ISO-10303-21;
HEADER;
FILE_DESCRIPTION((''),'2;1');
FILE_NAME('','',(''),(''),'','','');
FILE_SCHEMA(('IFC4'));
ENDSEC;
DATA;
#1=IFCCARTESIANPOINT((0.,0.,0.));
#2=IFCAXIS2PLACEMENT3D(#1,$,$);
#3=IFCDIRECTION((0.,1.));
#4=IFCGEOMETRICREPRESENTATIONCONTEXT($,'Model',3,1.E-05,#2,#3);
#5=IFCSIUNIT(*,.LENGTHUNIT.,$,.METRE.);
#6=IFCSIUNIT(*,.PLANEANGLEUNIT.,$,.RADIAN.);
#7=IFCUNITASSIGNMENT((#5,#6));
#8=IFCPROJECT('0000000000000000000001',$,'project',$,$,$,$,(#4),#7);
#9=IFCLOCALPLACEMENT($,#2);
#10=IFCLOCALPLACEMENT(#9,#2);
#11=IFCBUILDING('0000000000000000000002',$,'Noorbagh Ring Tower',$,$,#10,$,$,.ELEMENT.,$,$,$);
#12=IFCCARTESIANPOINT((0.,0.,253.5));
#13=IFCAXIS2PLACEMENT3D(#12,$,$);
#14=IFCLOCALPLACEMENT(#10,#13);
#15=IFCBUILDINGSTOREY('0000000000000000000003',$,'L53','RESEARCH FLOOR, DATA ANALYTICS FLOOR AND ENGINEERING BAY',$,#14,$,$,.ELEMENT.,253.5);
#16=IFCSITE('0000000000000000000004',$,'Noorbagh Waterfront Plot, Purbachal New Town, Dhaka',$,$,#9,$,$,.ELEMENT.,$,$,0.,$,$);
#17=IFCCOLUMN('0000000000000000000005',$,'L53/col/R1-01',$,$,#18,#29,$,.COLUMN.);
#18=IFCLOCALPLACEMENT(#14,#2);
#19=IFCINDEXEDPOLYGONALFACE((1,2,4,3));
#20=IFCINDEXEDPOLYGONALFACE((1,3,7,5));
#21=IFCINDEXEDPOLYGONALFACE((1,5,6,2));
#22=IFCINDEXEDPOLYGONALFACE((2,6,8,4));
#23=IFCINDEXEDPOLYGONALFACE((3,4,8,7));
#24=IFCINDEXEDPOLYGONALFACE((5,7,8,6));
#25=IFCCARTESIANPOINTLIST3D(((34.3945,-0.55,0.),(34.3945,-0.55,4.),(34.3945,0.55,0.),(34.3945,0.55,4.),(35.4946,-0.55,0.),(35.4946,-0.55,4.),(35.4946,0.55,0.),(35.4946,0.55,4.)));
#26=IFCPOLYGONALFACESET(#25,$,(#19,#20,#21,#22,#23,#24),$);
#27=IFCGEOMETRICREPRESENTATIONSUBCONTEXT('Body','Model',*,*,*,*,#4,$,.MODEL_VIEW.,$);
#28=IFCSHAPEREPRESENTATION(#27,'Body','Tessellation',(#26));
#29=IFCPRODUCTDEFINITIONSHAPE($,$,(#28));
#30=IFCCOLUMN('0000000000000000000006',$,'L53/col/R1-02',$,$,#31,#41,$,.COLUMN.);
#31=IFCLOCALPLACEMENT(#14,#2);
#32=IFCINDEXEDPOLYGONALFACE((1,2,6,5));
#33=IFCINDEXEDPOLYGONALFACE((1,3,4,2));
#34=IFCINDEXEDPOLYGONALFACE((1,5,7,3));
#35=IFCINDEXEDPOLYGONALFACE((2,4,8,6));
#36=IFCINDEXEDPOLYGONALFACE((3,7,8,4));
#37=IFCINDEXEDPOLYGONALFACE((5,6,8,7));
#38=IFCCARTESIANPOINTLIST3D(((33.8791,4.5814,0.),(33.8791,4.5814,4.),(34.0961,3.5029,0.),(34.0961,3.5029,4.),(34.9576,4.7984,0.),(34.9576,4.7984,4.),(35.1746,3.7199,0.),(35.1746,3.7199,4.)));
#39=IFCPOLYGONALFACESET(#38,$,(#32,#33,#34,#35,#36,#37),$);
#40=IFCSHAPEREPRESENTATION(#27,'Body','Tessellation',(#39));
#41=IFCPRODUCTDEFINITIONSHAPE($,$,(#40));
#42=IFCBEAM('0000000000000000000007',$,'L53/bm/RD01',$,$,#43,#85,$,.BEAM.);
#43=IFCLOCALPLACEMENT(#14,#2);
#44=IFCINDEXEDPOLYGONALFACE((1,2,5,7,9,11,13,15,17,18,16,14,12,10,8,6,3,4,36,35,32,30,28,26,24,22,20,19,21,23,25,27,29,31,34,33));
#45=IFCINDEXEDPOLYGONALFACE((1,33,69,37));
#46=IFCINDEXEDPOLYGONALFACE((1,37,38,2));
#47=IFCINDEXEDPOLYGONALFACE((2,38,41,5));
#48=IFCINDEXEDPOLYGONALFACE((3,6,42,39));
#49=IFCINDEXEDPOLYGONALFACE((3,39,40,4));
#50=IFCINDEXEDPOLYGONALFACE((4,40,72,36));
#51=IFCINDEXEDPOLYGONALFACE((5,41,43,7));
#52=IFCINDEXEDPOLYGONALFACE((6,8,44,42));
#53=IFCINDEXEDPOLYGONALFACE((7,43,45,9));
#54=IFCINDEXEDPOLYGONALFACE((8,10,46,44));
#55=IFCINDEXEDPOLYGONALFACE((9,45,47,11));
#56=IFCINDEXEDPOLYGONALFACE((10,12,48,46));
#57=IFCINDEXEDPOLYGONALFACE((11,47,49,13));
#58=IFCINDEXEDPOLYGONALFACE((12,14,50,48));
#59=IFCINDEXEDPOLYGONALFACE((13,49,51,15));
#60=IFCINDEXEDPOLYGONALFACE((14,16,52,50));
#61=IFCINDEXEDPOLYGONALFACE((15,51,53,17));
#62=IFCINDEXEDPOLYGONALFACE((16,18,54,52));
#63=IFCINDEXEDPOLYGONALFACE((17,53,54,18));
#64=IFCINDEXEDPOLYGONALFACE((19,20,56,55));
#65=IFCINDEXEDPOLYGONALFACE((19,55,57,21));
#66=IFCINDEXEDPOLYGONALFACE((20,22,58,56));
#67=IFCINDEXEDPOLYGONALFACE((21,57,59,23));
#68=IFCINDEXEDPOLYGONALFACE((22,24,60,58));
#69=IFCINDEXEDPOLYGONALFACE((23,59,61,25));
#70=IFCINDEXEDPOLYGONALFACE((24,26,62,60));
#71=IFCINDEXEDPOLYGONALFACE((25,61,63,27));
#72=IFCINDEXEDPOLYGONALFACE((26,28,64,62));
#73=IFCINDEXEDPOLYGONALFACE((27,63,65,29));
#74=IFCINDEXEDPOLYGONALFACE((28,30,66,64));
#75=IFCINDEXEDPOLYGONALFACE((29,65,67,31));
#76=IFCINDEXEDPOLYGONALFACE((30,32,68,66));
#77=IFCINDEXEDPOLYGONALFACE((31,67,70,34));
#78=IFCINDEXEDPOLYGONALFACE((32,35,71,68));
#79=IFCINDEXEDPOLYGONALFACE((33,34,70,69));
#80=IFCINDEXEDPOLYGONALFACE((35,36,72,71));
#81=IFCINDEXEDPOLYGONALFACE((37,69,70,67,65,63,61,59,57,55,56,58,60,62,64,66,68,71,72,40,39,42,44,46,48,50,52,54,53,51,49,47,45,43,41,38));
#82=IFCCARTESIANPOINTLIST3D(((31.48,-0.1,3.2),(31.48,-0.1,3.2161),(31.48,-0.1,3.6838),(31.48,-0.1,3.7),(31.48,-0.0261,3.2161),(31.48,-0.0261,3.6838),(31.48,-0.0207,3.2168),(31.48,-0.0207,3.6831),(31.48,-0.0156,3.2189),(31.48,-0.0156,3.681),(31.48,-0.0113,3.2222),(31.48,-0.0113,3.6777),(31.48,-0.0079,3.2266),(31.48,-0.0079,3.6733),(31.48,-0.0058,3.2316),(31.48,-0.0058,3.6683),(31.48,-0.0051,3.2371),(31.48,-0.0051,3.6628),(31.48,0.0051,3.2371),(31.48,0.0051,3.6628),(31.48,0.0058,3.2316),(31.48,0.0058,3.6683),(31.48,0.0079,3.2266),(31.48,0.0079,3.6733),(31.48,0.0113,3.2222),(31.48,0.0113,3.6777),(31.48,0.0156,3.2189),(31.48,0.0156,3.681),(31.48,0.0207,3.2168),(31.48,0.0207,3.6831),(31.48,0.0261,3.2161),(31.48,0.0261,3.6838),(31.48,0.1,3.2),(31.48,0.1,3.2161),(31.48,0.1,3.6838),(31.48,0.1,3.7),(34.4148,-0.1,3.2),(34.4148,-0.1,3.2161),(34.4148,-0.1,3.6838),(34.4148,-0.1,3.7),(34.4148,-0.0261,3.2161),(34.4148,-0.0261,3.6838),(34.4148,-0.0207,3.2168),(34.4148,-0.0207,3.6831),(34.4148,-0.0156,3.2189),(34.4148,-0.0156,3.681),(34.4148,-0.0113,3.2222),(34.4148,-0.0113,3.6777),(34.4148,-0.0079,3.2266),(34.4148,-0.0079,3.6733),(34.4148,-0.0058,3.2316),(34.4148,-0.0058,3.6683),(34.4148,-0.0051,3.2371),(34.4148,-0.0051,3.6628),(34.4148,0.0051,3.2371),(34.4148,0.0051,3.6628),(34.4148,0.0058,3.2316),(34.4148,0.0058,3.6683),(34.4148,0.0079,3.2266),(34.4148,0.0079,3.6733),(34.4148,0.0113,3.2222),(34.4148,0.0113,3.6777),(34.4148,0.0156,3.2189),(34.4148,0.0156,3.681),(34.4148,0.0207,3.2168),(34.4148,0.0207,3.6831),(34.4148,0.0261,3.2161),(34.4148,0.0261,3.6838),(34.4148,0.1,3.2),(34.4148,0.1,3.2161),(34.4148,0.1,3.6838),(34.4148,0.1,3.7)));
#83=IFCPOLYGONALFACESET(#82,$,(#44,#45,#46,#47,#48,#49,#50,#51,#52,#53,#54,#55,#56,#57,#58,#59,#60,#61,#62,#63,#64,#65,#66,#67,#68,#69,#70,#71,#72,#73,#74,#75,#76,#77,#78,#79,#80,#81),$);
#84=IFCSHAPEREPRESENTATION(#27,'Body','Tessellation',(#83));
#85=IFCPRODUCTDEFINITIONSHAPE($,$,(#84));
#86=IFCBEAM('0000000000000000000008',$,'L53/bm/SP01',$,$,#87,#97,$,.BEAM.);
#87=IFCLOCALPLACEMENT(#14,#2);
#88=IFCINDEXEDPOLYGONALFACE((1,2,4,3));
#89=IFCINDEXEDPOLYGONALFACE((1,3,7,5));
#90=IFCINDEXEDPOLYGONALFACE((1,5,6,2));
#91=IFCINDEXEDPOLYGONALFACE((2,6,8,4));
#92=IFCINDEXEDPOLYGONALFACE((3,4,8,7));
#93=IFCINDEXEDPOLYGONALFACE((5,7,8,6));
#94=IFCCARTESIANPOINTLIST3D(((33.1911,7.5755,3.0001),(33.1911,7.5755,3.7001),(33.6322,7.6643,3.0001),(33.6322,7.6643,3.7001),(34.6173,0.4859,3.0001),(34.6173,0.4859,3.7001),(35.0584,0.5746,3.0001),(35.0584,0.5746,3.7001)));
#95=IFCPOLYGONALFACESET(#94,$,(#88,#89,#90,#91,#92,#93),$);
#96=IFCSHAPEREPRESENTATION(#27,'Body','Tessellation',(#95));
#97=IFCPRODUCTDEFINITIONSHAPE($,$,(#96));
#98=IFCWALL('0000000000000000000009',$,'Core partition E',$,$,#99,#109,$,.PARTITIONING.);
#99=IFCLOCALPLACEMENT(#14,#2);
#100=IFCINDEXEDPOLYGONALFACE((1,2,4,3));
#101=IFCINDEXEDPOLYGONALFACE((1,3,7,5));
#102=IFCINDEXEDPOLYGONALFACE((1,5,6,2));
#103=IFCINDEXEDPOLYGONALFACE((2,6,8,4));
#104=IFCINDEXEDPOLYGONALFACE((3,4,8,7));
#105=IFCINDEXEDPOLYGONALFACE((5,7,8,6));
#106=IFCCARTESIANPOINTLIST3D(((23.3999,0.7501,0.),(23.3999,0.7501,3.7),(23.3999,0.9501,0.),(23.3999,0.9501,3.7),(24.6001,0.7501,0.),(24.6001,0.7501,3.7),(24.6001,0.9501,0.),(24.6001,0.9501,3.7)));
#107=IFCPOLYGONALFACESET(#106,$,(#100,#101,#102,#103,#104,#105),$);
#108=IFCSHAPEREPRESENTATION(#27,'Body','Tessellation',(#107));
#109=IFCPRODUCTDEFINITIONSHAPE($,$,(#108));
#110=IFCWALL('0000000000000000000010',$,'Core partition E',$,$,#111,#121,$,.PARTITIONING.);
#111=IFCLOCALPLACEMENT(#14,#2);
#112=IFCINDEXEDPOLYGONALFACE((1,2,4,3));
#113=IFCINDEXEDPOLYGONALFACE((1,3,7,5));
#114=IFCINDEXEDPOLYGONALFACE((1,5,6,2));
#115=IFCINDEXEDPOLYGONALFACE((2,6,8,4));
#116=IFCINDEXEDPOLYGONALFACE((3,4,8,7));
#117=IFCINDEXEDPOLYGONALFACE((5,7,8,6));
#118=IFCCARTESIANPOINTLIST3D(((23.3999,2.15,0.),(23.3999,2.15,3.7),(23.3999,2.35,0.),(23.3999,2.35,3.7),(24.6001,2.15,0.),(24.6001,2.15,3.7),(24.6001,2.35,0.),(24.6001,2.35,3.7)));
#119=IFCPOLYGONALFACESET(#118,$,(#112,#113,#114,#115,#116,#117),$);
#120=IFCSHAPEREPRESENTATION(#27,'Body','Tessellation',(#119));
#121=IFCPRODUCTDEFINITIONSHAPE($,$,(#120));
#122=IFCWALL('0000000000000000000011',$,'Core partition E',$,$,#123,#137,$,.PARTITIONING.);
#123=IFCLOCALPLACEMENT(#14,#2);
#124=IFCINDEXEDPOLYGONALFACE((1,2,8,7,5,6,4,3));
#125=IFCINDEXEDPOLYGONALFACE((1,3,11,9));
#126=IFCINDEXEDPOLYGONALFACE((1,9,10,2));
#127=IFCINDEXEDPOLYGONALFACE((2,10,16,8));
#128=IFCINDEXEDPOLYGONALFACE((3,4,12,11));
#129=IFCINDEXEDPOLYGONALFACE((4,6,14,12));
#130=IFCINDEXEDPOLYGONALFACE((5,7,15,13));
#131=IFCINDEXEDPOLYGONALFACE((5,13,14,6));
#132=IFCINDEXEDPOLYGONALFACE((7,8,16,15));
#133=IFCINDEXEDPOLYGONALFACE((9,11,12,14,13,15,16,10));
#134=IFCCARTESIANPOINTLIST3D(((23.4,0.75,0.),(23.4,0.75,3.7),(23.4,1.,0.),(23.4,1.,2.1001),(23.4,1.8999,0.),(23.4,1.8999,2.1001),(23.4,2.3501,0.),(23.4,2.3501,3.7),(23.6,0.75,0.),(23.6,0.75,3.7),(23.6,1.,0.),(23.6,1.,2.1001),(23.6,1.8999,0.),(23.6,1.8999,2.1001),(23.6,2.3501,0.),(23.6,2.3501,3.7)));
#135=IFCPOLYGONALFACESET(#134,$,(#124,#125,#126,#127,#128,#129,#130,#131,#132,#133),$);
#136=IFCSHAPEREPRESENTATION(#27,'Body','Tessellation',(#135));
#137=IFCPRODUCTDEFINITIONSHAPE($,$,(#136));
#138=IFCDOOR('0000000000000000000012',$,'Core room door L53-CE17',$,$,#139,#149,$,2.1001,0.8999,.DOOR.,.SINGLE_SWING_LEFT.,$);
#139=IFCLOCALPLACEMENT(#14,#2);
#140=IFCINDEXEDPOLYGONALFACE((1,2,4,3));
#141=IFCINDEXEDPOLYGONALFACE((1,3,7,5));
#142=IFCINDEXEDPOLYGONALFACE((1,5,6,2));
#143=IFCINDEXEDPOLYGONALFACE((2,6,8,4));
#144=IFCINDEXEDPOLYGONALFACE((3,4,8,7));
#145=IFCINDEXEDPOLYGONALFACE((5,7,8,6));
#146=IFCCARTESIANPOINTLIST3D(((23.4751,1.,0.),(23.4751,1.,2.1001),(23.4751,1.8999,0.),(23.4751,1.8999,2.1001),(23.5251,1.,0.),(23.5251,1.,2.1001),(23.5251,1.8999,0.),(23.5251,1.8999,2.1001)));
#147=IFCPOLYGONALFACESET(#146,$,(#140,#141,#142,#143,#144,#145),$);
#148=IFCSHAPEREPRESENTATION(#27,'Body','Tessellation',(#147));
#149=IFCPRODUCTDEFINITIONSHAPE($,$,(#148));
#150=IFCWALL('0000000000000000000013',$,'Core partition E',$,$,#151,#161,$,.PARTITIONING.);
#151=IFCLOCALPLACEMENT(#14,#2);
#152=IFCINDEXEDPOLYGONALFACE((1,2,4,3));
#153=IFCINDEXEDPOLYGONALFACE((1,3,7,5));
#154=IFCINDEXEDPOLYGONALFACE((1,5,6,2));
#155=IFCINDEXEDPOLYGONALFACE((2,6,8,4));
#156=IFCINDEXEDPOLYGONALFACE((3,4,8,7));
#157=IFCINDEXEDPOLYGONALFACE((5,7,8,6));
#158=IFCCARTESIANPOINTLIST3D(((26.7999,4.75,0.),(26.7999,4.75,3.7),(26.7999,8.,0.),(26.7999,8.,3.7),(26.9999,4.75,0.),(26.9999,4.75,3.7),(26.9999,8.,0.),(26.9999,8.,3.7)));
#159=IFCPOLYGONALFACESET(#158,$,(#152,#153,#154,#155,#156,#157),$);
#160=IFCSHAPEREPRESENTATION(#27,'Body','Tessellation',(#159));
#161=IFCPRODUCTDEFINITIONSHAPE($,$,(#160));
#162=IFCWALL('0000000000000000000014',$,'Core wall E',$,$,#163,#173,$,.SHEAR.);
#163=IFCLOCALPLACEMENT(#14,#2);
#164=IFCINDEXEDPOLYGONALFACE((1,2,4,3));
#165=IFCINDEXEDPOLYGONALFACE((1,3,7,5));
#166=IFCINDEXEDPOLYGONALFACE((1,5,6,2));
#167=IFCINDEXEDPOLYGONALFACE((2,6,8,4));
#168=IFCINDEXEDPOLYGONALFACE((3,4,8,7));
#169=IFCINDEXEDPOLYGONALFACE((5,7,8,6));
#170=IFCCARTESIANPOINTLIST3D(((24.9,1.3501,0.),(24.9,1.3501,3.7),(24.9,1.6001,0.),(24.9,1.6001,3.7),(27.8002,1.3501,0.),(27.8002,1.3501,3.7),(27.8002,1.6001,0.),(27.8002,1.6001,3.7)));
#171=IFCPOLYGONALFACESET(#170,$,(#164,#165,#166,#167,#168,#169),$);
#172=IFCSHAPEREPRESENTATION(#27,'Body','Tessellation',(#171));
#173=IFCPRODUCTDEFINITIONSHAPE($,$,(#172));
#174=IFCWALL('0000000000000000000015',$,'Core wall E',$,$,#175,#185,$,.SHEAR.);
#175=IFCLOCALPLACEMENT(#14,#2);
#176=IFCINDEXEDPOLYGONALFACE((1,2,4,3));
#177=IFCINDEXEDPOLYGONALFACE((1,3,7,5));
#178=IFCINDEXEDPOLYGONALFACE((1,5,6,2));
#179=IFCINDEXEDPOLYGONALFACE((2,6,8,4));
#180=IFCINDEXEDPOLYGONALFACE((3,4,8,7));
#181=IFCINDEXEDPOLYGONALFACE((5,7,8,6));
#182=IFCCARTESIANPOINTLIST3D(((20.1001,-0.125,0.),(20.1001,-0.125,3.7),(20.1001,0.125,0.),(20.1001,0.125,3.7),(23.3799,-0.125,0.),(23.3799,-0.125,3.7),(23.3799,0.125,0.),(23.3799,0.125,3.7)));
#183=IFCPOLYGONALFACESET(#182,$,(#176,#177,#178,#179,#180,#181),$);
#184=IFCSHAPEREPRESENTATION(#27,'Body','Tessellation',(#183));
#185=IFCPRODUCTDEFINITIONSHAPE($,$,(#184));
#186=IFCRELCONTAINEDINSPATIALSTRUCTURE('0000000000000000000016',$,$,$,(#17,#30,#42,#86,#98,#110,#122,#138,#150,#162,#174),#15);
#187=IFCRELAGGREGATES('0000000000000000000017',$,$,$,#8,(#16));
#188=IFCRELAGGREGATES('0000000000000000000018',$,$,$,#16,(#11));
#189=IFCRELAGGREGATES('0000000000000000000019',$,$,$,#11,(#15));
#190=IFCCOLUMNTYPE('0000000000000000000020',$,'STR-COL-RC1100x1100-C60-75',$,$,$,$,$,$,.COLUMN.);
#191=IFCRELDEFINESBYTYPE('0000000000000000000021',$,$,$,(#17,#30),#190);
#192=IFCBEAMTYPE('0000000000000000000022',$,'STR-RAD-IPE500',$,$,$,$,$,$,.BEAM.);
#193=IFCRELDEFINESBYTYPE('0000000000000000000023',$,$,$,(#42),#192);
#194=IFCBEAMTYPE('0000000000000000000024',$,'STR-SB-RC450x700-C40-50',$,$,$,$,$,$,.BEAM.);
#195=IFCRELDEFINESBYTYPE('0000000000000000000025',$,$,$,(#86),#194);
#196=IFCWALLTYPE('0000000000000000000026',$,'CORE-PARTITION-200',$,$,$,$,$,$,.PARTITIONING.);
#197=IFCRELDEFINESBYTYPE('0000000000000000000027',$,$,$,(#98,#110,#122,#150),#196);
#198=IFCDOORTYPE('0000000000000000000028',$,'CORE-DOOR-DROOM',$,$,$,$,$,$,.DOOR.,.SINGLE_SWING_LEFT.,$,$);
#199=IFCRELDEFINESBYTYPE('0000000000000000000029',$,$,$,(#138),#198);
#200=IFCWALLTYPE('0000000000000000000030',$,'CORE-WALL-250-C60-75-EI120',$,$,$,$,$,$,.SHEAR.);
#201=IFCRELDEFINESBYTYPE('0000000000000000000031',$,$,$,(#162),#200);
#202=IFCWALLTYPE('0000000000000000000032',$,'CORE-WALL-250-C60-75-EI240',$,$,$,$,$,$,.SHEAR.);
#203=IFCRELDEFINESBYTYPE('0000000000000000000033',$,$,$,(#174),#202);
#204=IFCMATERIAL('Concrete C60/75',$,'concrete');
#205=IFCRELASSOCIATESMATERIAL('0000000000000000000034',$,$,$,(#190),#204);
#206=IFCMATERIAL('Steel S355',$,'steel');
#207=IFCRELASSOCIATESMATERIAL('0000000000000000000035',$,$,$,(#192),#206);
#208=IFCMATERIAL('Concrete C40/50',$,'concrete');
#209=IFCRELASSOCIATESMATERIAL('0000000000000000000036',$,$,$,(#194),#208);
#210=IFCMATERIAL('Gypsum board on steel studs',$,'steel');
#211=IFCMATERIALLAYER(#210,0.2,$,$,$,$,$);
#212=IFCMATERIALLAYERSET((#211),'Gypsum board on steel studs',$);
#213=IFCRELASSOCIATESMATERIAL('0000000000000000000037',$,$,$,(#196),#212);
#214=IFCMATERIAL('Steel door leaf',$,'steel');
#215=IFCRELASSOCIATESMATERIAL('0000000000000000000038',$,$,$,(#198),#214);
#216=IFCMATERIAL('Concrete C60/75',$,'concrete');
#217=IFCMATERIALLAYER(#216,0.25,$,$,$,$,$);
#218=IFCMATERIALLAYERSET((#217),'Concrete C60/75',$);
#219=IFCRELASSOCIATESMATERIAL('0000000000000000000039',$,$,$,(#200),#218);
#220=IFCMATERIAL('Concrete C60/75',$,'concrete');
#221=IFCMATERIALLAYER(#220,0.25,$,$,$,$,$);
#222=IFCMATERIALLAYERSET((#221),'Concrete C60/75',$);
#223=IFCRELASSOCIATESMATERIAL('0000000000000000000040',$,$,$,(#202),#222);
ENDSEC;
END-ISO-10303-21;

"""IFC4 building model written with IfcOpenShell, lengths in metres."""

from ifc_helpers import new_model, si_unit, direction, frame, frame_2d, origin, origin_2d, place, context, subcontext, project, spatial, rectangle, i_section, extrude, material, layer, layer_set, material_profile, profile_set, type_object, element, fill, save


model = new_model("IFC4")

# Units and contexts
model_context = context("Model", 3, precision=1e-05, world=origin(), true_north=direction((0.0, 1.0)))
body_context = subcontext(model_context, "Body", "Model", "MODEL_VIEW")
ifc_project = project(units=[si_unit("LENGTHUNIT", "METRE"), si_unit("PLANEANGLEUNIT", "RADIAN")], contexts=[model_context])

# Site, building, storey
site_placement = place(None, origin())
site = spatial("IfcSite", under=ifc_project, at=site_placement, Name="Noorbagh Waterfront Plot, Purbachal New Town, Dhaka", CompositionType="ELEMENT", RefElevation=0.0)
building_placement = place(site_placement, origin())
building = spatial("IfcBuilding", under=site, at=building_placement, Name="Noorbagh Ring Tower", CompositionType="ELEMENT")
storey_placement = place(building_placement, frame((0.0, 0.0, 253.5)))
storey = spatial("IfcBuildingStorey", under=building, at=storey_placement, Name="L53", Description="RESEARCH FLOOR, DATA ANALYTICS FLOOR AND ENGINEERING BAY", CompositionType="ELEMENT", Elevation=253.5)

# Columns
ifc_material_1 = material(Name="Concrete C60/75", Category="concrete")
ifc_material_profile_1 = material_profile(ifc_material_1, rectangle(XDim=1.1001, YDim=1.1001, at=origin_2d()), Name="RC1100x1100")
ifc_profile_set_1 = profile_set([ifc_material_profile_1], Name="Concrete C60/75")
column_type = type_object("IfcColumnType", Name="STR-COL-RC1100x1100-C60-75", PredefinedType="COLUMN", material=ifc_profile_set_1)
for number, where, z_axis, x_axis, name in (
    (1, (34.9446, 0.0, 0.0), (0.0, 0.0, 1.0), (0.0, 1.0, 0.0), "L53/col/R1-01"),
    (2, (34.5269, 4.1506, 0.0), (0.0, 0.0, 1.0), (-0.19723, 0.980357, 0.0), "L53/col/R1-02"),
):
    element("IfcColumn", number, at=place(storey_placement, frame(where, z_axis=z_axis, x_axis=x_axis)), inside=storey, type_object=column_type, Name=name, PredefinedType="COLUMN", context=body_context, shape_type="SweptSolid", body=[
        extrude(rectangle(XDim=1.1001, YDim=1.1001, at=origin_2d()), origin(), (0.0, 0.0, 1.0), 4.0),
    ])

# Beams
ifc_material_2 = material(Name="Steel S355", Category="steel")
ifc_material_profile_2 = material_profile(ifc_material_2, i_section(OverallWidth=0.2, OverallDepth=0.5, WebThickness=0.0103, FlangeThickness=0.0161, FilletRadius=0.021, at=origin_2d()), Name="IPE500")
ifc_profile_set_2 = profile_set([ifc_material_profile_2], Name="Steel S355")
beam_type_1 = type_object("IfcBeamType", Name="STR-RAD-IPE500", PredefinedType="BEAM", material=ifc_profile_set_2)
beam_1_placement = place(storey_placement, frame((34.4148, 0.0, 3.45), z_axis=(-1.0, 0.0, 0.0), x_axis=(0.0, -1.0, 0.0)))
element("IfcBeam", 3, at=beam_1_placement, inside=storey, type_object=beam_type_1, Name="L53/bm/RD01", PredefinedType="BEAM", context=body_context, shape_type="SweptSolid", body=[
    extrude(i_section(OverallWidth=0.2, OverallDepth=0.5, WebThickness=0.0103, FlangeThickness=0.0161, FilletRadius=0.021, at=origin_2d()), origin(), (0.0, 0.0, 1.0), 2.9348),
])
ifc_material_3 = material(Name="Concrete C40/50", Category="concrete")
ifc_material_profile_3 = material_profile(ifc_material_3, rectangle(XDim=0.45, YDim=0.7, at=origin_2d()), Name="RC450x700")
ifc_profile_set_3 = profile_set([ifc_material_profile_3], Name="Concrete C40/50")
beam_type_2 = type_object("IfcBeamType", Name="STR-SB-RC450x700-C40-50", PredefinedType="BEAM", material=ifc_profile_set_3)
beam_2_placement = place(storey_placement, frame((34.8379, 0.5303, 3.3501), z_axis=(-0.197226, 0.980358, 0.0), x_axis=(-0.980358, -0.197226, 0.0)))
element("IfcBeam", 4, at=beam_2_placement, inside=storey, type_object=beam_type_2, Name="L53/bm/SP01", PredefinedType="BEAM", context=body_context, shape_type="SweptSolid", body=[
    extrude(rectangle(XDim=0.45, YDim=0.7, at=origin_2d()), origin(), (0.0, 0.0, 1.0), 7.2317),
])

# Walls
ifc_material_4 = material(Name="Gypsum board on steel studs", Category="steel")
ifc_layer_1 = layer(ifc_material_4, 0.2)
ifc_layer_set_1 = layer_set([ifc_layer_1], Name="Gypsum board on steel studs")
wall_type_1 = type_object("IfcWallType", Name="CORE-PARTITION-200", PredefinedType="PARTITIONING", material=ifc_layer_set_1)
for number, where, z_axis, x_axis, name in (
    (5, (23.3999, 0.8501, 0.0), (0.0, 0.0, 1.0), (1.0, 0.0, 0.0), "Core partition E"),
    (6, (23.3999, 2.25, 0.0), (0.0, 0.0, 1.0), (1.0, 0.0, 0.0), "Core partition E"),
):
    element("IfcWall", number, at=place(storey_placement, frame(where, z_axis=z_axis, x_axis=x_axis)), inside=storey, type_object=wall_type_1, Name=name, PredefinedType="PARTITIONING", context=body_context, shape_type="SweptSolid", body=[
        extrude(rectangle(XDim=1.2002, YDim=0.2, at=frame_2d((0.6001, 0.0))), origin(), (0.0, 0.0, 1.0), 3.7),
    ])

# Wall, opening, door
wall_1_placement = place(storey_placement, frame((23.5, 0.75, 0.0), z_axis=(0.0, 0.0, 1.0), x_axis=(0.0, 1.0, 0.0)))
wall_1 = element("IfcWall", 7, at=wall_1_placement, inside=storey, type_object=wall_type_1, Name="Core partition E", PredefinedType="PARTITIONING", context=body_context, shape_type="SweptSolid", body=[
    extrude(rectangle(XDim=1.6001, YDim=0.2, at=frame_2d((0.8, 0.0))), origin(), (0.0, 0.0, 1.0), 3.7),
])
opening_1_placement = place(wall_1_placement, frame((0.25, 0.0, 0.0)))
opening_1 = element("IfcOpeningElement", 8, at=opening_1_placement, cuts=wall_1, PredefinedType="OPENING", context=body_context, shape_type="SweptSolid", body=[
    extrude(rectangle(XDim=0.8999, YDim=2.1001, at=frame_2d((0.45, 1.05))), frame((0.0, 0.1099, 0.0), z_axis=(0.0, -1.0, 0.0), x_axis=(1.0, 0.0, 0.0)), (0.0, 0.0, 1.0), 0.22),
])
ifc_material_5 = material(Name="Steel door leaf", Category="steel")
door_type_1 = type_object("IfcDoorType", Name="CORE-DOOR-DROOM", OperationType="SINGLE_SWING_LEFT", PredefinedType="DOOR", material=ifc_material_5)
door_1_placement = place(opening_1_placement, origin())
door_1 = element("IfcDoor", 9, at=door_1_placement, inside=storey, type_object=door_type_1, Name="Core room door L53-CE17", OperationType="SINGLE_SWING_LEFT", OverallHeight=2.1001, OverallWidth=0.8999, PredefinedType="DOOR", context=body_context, shape_type="SweptSolid", body=[
    extrude(rectangle(XDim=0.8999, YDim=2.1001, at=frame_2d((0.45, 1.05))), frame((0.0, 0.0249, 0.0), z_axis=(0.0, -1.0, 0.0), x_axis=(1.0, 0.0, 0.0)), (0.0, 0.0, 1.0), 0.05),
])
fill(opening_1, door_1)

# Walls
wall_2_placement = place(storey_placement, frame((26.8999, 4.75, 0.0), z_axis=(0.0, 0.0, 1.0), x_axis=(0.0, 1.0, 0.0)))
element("IfcWall", 10, at=wall_2_placement, inside=storey, type_object=wall_type_1, Name="Core partition E", PredefinedType="PARTITIONING", context=body_context, shape_type="SweptSolid", body=[
    extrude(rectangle(XDim=3.25, YDim=0.2, at=frame_2d((1.625, 0.0))), origin(), (0.0, 0.0, 1.0), 3.7),
])
ifc_material_6 = material(Name="Concrete C60/75", Category="concrete")
ifc_layer_2 = layer(ifc_material_6, 0.25)
ifc_layer_set_2 = layer_set([ifc_layer_2], Name="Concrete C60/75")
wall_type_2 = type_object("IfcWallType", Name="CORE-WALL-250-C60-75-EI120", PredefinedType="SHEAR", material=ifc_layer_set_2)
wall_3_placement = place(storey_placement, frame((24.8999, 1.4751, 0.0), z_axis=(0.0, 0.0, 1.0), x_axis=(1.0, 0.0, 0.0)))
element("IfcWall", 11, at=wall_3_placement, inside=storey, type_object=wall_type_2, Name="Core wall E", PredefinedType="SHEAR", context=body_context, shape_type="SweptSolid", body=[
    extrude(rectangle(XDim=2.9001, YDim=0.25, at=frame_2d((1.4502, 0.0))), origin(), (0.0, 0.0, 1.0), 3.7),
])
ifc_material_7 = material(Name="Concrete C60/75", Category="concrete")
ifc_layer_3 = layer(ifc_material_7, 0.25)
ifc_layer_set_3 = layer_set([ifc_layer_3], Name="Concrete C60/75")
wall_type_3 = type_object("IfcWallType", Name="CORE-WALL-250-C60-75-EI240", PredefinedType="SHEAR", material=ifc_layer_set_3)
wall_4_placement = place(storey_placement, frame((20.1001, 0.0, 0.0), z_axis=(0.0, 0.0, 1.0), x_axis=(1.0, 0.0, 0.0)))
element("IfcWall", 12, at=wall_4_placement, inside=storey, type_object=wall_type_3, Name="Core wall E", PredefinedType="SHEAR", context=body_context, shape_type="SweptSolid", body=[
    extrude(rectangle(XDim=3.2798, YDim=0.25, at=frame_2d((1.6399, 0.0))), origin(), (0.0, 0.0, 1.0), 3.7),
])

save(model, "model.ifc")
